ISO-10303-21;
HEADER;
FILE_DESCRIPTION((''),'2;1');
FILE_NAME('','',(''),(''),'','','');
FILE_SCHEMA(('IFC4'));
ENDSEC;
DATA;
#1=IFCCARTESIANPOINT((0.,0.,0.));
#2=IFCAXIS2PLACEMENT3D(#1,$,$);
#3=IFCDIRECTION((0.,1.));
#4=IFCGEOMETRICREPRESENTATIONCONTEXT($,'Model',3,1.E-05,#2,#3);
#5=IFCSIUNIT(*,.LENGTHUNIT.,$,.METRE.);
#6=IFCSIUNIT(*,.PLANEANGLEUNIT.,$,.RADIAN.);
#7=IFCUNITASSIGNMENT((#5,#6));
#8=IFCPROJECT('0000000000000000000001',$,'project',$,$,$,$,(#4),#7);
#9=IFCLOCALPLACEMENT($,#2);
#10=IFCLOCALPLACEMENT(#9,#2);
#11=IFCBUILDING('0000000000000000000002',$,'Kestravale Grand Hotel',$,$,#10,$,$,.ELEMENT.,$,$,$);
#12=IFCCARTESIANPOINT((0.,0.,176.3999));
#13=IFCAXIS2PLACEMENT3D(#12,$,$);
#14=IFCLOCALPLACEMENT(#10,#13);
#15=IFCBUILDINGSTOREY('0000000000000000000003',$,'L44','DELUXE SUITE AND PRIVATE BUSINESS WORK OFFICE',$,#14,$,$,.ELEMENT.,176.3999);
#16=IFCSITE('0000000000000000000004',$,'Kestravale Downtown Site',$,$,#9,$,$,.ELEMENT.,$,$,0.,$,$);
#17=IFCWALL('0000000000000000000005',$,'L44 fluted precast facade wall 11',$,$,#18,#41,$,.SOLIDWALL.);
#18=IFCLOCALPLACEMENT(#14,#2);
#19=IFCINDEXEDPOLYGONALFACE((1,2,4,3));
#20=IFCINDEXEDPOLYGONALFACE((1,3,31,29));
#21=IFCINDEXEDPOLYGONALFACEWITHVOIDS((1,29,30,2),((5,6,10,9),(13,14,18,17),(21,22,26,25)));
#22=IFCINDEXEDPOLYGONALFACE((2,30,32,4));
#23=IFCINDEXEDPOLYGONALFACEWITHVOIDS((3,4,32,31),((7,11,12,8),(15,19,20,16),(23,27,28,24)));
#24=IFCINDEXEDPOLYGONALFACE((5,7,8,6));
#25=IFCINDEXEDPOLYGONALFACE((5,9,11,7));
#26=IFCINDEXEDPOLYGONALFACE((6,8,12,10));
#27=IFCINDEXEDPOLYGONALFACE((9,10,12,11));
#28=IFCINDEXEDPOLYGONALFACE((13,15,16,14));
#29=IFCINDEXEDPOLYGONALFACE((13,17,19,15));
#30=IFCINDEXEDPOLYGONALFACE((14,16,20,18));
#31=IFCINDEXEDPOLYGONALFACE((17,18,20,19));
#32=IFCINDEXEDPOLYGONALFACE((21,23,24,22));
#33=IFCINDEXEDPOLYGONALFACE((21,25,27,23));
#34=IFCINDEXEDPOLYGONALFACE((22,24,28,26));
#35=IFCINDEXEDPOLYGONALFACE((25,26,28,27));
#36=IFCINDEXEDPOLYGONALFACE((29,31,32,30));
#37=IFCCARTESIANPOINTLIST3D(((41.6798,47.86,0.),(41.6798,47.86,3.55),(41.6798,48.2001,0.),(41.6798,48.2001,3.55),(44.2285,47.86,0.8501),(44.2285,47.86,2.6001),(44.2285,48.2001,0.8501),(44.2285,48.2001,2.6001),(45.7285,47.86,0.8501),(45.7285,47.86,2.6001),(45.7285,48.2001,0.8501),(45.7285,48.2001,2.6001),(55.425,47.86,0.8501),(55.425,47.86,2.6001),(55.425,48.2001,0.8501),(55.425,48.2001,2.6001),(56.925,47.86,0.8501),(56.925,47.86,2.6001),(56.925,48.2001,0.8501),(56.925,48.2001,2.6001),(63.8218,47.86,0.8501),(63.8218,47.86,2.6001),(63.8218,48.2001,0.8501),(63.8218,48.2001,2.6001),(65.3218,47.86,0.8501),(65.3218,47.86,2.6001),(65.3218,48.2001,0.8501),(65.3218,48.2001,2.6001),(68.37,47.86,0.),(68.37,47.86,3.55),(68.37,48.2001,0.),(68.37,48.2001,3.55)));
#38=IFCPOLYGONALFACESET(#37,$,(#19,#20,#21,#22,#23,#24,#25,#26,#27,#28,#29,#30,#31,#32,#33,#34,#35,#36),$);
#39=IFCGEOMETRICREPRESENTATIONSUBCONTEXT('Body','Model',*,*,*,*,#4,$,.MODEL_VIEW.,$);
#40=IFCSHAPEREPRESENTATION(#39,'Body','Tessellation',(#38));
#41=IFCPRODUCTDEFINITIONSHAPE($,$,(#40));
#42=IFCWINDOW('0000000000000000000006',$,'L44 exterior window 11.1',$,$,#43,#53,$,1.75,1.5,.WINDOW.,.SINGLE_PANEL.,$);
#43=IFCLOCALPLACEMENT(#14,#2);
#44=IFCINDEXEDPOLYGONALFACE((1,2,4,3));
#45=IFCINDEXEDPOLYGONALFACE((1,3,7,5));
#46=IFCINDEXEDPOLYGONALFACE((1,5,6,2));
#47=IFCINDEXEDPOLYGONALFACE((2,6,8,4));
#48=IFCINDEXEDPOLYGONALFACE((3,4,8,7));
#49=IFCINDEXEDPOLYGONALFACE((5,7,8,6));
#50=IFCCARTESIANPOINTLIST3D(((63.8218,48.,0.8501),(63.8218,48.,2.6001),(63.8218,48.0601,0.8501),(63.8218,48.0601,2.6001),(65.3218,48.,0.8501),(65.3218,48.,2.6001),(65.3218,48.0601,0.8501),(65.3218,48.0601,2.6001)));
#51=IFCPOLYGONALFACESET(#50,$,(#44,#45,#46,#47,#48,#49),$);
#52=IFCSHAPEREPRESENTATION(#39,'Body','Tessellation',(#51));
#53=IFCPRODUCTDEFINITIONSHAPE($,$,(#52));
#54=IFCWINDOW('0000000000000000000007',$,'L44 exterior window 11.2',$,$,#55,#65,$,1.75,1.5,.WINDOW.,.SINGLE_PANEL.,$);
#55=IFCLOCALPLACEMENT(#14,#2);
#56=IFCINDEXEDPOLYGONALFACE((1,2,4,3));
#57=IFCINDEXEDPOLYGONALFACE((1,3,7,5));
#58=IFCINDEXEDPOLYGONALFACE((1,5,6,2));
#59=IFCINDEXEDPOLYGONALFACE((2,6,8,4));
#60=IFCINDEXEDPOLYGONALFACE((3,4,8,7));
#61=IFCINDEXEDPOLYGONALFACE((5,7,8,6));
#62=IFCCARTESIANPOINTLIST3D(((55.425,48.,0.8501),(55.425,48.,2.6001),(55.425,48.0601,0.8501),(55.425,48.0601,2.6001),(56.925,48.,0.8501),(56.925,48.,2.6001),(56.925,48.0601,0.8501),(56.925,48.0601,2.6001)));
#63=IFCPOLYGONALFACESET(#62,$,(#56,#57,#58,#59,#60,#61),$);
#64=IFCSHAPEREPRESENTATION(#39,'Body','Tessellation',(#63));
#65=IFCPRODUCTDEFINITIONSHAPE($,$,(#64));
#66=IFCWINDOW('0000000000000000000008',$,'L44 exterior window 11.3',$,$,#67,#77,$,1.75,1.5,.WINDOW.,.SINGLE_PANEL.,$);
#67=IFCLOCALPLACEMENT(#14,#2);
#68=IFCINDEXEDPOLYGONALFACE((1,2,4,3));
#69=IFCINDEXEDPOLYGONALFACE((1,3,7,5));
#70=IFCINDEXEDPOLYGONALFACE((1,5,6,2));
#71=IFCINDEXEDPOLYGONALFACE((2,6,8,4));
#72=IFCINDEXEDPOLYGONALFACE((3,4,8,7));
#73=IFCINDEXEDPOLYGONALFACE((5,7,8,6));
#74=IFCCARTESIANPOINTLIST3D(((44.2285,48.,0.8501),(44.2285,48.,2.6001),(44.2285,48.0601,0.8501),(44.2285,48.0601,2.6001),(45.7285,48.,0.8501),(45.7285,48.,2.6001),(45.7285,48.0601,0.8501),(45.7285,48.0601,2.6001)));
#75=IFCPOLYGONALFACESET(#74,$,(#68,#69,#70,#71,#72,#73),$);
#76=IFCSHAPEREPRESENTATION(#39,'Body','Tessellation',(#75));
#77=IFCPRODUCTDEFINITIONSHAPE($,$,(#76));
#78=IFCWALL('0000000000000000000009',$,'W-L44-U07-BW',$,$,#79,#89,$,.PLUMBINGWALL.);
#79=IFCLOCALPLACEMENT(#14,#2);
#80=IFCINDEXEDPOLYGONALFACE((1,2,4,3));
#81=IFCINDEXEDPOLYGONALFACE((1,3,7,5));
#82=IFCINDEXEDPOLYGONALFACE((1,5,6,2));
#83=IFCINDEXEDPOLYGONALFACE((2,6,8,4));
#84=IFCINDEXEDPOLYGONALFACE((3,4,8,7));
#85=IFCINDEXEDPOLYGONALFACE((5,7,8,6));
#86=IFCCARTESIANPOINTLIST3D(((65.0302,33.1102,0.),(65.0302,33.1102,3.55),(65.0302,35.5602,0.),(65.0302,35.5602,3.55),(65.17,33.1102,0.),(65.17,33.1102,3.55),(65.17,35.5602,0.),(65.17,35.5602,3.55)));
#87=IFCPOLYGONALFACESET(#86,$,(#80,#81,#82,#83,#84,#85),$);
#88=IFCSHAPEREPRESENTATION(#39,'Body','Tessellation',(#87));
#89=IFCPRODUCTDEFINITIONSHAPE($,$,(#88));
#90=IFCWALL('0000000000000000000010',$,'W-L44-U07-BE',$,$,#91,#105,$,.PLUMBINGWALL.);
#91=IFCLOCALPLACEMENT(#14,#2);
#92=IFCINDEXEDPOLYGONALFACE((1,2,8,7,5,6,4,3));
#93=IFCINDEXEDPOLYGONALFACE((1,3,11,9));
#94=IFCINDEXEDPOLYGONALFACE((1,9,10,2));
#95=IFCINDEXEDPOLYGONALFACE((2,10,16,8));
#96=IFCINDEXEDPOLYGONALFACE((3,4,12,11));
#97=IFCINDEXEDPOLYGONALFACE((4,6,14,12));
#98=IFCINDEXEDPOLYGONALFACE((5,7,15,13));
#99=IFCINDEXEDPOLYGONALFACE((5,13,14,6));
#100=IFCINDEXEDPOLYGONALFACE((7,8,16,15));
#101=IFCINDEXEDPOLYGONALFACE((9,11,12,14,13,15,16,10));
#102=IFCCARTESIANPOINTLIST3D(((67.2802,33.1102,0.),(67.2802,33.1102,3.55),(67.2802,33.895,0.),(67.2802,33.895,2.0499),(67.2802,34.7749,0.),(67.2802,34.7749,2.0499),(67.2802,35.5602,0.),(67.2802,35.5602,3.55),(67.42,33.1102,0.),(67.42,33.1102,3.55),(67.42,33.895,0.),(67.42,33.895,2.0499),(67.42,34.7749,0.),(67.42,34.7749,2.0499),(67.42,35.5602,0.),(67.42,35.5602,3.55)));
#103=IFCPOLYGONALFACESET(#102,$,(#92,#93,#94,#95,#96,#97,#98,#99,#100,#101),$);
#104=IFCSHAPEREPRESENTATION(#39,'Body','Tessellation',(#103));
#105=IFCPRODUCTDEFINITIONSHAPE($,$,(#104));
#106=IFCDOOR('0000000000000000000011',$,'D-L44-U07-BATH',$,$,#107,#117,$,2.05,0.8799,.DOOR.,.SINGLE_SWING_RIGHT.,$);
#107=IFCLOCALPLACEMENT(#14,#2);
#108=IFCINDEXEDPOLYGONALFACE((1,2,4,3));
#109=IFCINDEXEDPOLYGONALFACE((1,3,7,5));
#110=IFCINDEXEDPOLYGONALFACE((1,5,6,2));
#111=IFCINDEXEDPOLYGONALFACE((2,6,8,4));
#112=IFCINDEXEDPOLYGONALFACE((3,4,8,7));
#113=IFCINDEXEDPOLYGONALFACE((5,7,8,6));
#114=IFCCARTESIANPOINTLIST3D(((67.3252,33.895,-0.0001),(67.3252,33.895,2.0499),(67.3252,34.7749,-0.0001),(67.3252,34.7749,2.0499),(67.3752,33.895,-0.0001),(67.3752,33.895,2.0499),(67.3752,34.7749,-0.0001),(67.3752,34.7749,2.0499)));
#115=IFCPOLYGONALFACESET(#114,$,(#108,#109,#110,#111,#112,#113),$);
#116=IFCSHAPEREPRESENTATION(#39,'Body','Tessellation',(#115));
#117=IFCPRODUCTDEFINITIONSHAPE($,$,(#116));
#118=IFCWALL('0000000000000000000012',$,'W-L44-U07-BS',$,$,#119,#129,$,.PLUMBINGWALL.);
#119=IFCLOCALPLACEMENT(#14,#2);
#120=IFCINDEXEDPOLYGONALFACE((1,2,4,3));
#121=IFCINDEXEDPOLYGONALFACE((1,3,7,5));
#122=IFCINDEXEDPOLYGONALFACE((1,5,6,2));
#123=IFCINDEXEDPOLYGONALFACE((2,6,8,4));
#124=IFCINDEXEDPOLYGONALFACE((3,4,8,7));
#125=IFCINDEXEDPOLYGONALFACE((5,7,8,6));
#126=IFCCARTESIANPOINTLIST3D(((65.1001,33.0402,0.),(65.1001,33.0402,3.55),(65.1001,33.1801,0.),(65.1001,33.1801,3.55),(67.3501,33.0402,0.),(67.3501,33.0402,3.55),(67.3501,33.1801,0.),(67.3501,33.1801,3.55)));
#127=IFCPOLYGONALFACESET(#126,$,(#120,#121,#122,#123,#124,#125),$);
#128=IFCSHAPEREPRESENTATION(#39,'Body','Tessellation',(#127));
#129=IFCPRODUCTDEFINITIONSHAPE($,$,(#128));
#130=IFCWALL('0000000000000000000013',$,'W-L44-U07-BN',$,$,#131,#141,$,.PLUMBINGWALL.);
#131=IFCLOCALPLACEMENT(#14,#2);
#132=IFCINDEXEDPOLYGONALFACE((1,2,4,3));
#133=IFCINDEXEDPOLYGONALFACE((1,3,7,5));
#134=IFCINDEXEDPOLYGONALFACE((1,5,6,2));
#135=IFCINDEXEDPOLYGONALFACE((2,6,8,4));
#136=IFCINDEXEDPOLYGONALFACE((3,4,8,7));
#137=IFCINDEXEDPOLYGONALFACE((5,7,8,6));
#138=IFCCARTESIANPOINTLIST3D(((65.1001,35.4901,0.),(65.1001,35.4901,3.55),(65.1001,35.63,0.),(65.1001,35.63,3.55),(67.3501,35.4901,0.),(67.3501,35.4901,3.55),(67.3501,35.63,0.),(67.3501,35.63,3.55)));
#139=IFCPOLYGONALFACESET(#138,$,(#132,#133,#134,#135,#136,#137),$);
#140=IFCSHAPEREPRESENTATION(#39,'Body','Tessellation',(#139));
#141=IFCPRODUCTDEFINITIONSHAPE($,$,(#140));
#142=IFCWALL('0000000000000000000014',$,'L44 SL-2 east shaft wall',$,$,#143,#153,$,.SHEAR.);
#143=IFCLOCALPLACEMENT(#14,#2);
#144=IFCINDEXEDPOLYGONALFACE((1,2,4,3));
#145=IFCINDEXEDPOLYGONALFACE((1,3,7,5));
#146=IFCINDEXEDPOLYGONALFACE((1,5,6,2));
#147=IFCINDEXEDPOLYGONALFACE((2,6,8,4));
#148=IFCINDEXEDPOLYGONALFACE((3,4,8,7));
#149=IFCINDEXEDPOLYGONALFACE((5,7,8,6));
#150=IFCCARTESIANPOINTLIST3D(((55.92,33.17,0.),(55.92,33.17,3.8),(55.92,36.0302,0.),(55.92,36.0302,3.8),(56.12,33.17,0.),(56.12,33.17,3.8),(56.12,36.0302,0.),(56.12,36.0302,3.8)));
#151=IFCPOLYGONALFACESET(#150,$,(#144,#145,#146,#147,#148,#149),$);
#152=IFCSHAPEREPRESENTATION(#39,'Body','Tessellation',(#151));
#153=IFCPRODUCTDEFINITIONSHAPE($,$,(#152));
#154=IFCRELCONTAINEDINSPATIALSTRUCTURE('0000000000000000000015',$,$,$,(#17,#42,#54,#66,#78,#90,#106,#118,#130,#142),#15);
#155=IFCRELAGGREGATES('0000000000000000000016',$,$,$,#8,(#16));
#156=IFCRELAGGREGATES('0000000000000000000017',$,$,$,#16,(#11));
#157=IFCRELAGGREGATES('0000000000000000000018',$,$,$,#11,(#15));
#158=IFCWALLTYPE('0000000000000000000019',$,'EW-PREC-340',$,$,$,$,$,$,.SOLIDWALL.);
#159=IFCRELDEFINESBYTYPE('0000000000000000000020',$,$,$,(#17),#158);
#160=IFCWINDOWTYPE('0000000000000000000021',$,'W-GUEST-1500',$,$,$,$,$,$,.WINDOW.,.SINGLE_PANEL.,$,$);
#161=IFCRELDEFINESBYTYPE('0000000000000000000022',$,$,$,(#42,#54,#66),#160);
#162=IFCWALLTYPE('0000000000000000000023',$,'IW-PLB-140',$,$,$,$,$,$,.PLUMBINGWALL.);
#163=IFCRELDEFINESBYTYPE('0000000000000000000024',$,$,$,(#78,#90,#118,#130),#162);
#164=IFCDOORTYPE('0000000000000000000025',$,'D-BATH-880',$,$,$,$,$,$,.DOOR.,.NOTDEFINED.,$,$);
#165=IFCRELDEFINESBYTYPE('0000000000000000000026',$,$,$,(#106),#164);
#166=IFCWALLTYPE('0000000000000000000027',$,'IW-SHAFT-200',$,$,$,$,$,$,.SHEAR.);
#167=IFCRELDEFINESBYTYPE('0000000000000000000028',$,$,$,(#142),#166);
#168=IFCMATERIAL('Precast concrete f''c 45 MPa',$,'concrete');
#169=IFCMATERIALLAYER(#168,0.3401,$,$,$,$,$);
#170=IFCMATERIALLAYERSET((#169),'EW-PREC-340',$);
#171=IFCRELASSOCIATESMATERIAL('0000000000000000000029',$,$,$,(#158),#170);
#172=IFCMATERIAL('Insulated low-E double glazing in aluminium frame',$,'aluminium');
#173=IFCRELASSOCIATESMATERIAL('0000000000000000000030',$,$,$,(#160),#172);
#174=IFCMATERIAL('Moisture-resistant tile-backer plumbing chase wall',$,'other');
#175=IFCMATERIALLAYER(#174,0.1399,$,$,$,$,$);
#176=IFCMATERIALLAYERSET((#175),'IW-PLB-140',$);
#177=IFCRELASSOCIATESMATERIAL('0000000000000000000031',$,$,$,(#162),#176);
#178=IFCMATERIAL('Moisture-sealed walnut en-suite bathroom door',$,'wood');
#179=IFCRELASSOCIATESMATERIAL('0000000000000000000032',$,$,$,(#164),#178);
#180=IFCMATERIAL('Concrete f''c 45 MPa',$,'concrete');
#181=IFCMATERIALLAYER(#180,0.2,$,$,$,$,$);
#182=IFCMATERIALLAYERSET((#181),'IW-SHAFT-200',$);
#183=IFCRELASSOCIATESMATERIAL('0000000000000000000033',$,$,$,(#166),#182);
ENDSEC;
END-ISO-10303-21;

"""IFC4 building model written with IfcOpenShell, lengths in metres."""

from ifc_helpers import new_model, si_unit, direction, frame, frame_2d, origin, place, context, subcontext, project, spatial, rectangle, extrude, material, layer, layer_set, type_object, element, fill, save


model = new_model("IFC4")

# Units and contexts
model_context = context("Model", 3, precision=1e-05, world=origin(), true_north=direction((0.0, 1.0)))
body_context = subcontext(model_context, "Body", "Model", "MODEL_VIEW")
ifc_project = project(units=[si_unit("LENGTHUNIT", "METRE"), si_unit("PLANEANGLEUNIT", "RADIAN")], contexts=[model_context])

# Site, building, storey
site_placement = place(None, origin())
site = spatial("IfcSite", under=ifc_project, at=site_placement, Name="Kestravale Downtown Site", CompositionType="ELEMENT", RefElevation=0.0)
building_placement = place(site_placement, origin())
building = spatial("IfcBuilding", under=site, at=building_placement, Name="Kestravale Grand Hotel", CompositionType="ELEMENT")
storey_placement = place(building_placement, frame((0.0, 0.0, 176.3999)))
storey = spatial("IfcBuildingStorey", under=building, at=storey_placement, Name="L44", Description="DELUXE SUITE AND PRIVATE BUSINESS WORK OFFICE", CompositionType="ELEMENT", Elevation=176.3999)

# Shared definitions
ifc_material_1 = material(Name="Precast concrete f'c 45 MPa", Category="concrete")
ifc_layer_1 = layer(ifc_material_1, 0.3401)
ifc_layer_set_1 = layer_set([ifc_layer_1], Name="EW-PREC-340")
wall_type_1 = type_object("IfcWallType", Name="EW-PREC-340", PredefinedType="SOLIDWALL", material=ifc_layer_set_1)
ifc_material_2 = material(Name="Insulated low-E double glazing in aluminium frame", Category="aluminium")
window_type = type_object("IfcWindowType", Name="W-GUEST-1500", PartitioningType="SINGLE_PANEL", PredefinedType="WINDOW", material=ifc_material_2)

# Wall, openings, windows
wall_1_placement = place(storey_placement, frame((68.3701, 48.03, 0.0), z_axis=(0.0, 0.0, 1.0), x_axis=(-1.0, 0.0, 0.0)))
wall_1 = element("IfcWall", 1, at=wall_1_placement, inside=storey, type_object=wall_type_1, Name="L44 fluted precast facade wall 11", PredefinedType="SOLIDWALL", context=body_context, shape_type="SweptSolid", body=[
    extrude(rectangle(XDim=26.6902, YDim=0.3401, at=frame_2d((13.3452, 0.0))), origin(), (0.0, 0.0, 1.0), 3.55),
])
opening_1_placement = place(wall_1_placement, frame((3.0483, 0.0, 0.8501)))
opening_1 = element("IfcOpeningElement", 2, at=opening_1_placement, cuts=wall_1, PredefinedType="OPENING", context=body_context, shape_type="SweptSolid", body=[
    extrude(rectangle(XDim=1.5, YDim=1.75, at=frame_2d((0.75, 0.875))), frame((0.0, 0.1799, 0.0), z_axis=(0.0, -1.0, 0.0), x_axis=(1.0, 0.0, 0.0)), (0.0, 0.0, 1.0), 0.3601),
])
opening_2_placement = place(wall_1_placement, frame((11.4451, 0.0, 0.8501)))
opening_2 = element("IfcOpeningElement", 3, at=opening_2_placement, cuts=wall_1, PredefinedType="OPENING", context=body_context, shape_type="SweptSolid", body=[
    extrude(rectangle(XDim=1.5, YDim=1.75, at=frame_2d((0.75, 0.875))), frame((0.0, 0.1799, 0.0), z_axis=(0.0, -1.0, 0.0), x_axis=(1.0, 0.0, 0.0)), (0.0, 0.0, 1.0), 0.3601),
])
opening_3_placement = place(wall_1_placement, frame((22.6416, 0.0, 0.8501)))
opening_3 = element("IfcOpeningElement", 4, at=opening_3_placement, cuts=wall_1, PredefinedType="OPENING", context=body_context, shape_type="SweptSolid", body=[
    extrude(rectangle(XDim=1.5, YDim=1.75, at=frame_2d((0.75, 0.875))), frame((0.0, 0.1799, 0.0), z_axis=(0.0, -1.0, 0.0), x_axis=(1.0, 0.0, 0.0)), (0.0, 0.0, 1.0), 0.3601),
])
window_1_placement = place(opening_1_placement, origin())
window_1 = element("IfcWindow", 5, at=window_1_placement, inside=storey, type_object=window_type, Name="L44 exterior window 11.1", OverallHeight=1.75, OverallWidth=1.5, PartitioningType="SINGLE_PANEL", PredefinedType="WINDOW", context=body_context, shape_type="SweptSolid", body=[
    extrude(rectangle(XDim=1.5, YDim=1.75, at=frame_2d((0.75, 0.875))), frame((0.0, 0.03, 0.0), z_axis=(0.0, -1.0, 0.0), x_axis=(1.0, 0.0, 0.0)), (0.0, 0.0, 1.0), 0.0601),
])
fill(opening_1, window_1)
window_2_placement = place(opening_2_placement, origin())
window_2 = element("IfcWindow", 6, at=window_2_placement, inside=storey, type_object=window_type, Name="L44 exterior window 11.2", OverallHeight=1.75, OverallWidth=1.5, PartitioningType="SINGLE_PANEL", PredefinedType="WINDOW", context=body_context, shape_type="SweptSolid", body=[
    extrude(rectangle(XDim=1.5, YDim=1.75, at=frame_2d((0.75, 0.875))), frame((0.0, 0.03, 0.0), z_axis=(0.0, -1.0, 0.0), x_axis=(1.0, 0.0, 0.0)), (0.0, 0.0, 1.0), 0.0601),
])
fill(opening_2, window_2)
window_3_placement = place(opening_3_placement, origin())
window_3 = element("IfcWindow", 7, at=window_3_placement, inside=storey, type_object=window_type, Name="L44 exterior window 11.3", OverallHeight=1.75, OverallWidth=1.5, PartitioningType="SINGLE_PANEL", PredefinedType="WINDOW", context=body_context, shape_type="SweptSolid", body=[
    extrude(rectangle(XDim=1.5, YDim=1.75, at=frame_2d((0.75, 0.875))), frame((0.0, 0.03, 0.0), z_axis=(0.0, -1.0, 0.0), x_axis=(1.0, 0.0, 0.0)), (0.0, 0.0, 1.0), 0.0601),
])
fill(opening_3, window_3)

# Wall
ifc_material_3 = material(Name="Moisture-resistant tile-backer plumbing chase wall", Category="other")
ifc_layer_2 = layer(ifc_material_3, 0.1399)
ifc_layer_set_2 = layer_set([ifc_layer_2], Name="IW-PLB-140")
wall_type_2 = type_object("IfcWallType", Name="IW-PLB-140", PredefinedType="PLUMBINGWALL", material=ifc_layer_set_2)
wall_2_placement = place(storey_placement, frame((65.1001, 33.1101, 0.0), z_axis=(0.0, 0.0, 1.0), x_axis=(0.0, 1.0, 0.0)))
element("IfcWall", 8, at=wall_2_placement, inside=storey, type_object=wall_type_2, Name="W-L44-U07-BW", PredefinedType="PLUMBINGWALL", context=body_context, shape_type="SweptSolid", body=[
    extrude(rectangle(XDim=2.45, YDim=0.1399, at=frame_2d((1.2251, 0.0))), origin(), (0.0, 0.0, 1.0), 3.55),
])

# Wall, opening, door
wall_3_placement = place(storey_placement, frame((67.3501, 33.1101, 0.0), z_axis=(0.0, 0.0, 1.0), x_axis=(0.0, 1.0, 0.0)))
wall_3 = element("IfcWall", 9, at=wall_3_placement, inside=storey, type_object=wall_type_2, Name="W-L44-U07-BE", PredefinedType="PLUMBINGWALL", context=body_context, shape_type="SweptSolid", body=[
    extrude(rectangle(XDim=2.45, YDim=0.1399, at=frame_2d((1.2251, 0.0))), origin(), (0.0, 0.0, 1.0), 3.55),
])
opening_4_placement = place(wall_3_placement, frame((0.7849, 0.0, 0.0)))
opening_4 = element("IfcOpeningElement", 10, at=opening_4_placement, cuts=wall_3, PredefinedType="OPENING", context=body_context, shape_type="SweptSolid", body=[
    extrude(rectangle(XDim=0.8799, YDim=2.05, at=frame_2d((0.4399, 1.0249))), frame((0.0, 0.0798, 0.0), z_axis=(0.0, -1.0, 0.0), x_axis=(1.0, 0.0, 0.0)), (0.0, 0.0, 1.0), 0.1599),
])
ifc_material_4 = material(Name="Moisture-sealed walnut en-suite bathroom door", Category="wood")
door_type_1 = type_object("IfcDoorType", Name="D-BATH-880", OperationType="NOTDEFINED", PredefinedType="DOOR", material=ifc_material_4)
door_1_placement = place(opening_4_placement, origin())
door_1 = element("IfcDoor", 11, at=door_1_placement, inside=storey, type_object=door_type_1, Name="D-L44-U07-BATH", OperationType="SINGLE_SWING_RIGHT", OverallHeight=2.05, OverallWidth=0.8799, PredefinedType="DOOR", context=body_context, shape_type="SweptSolid", body=[
    extrude(rectangle(XDim=0.8799, YDim=2.05, at=frame_2d((0.4399, 1.0249))), frame((0.0, 0.0249, 0.0), z_axis=(0.0, -1.0, 0.0), x_axis=(1.0, 0.0, 0.0)), (0.0, 0.0, 1.0), 0.05),
])
fill(opening_4, door_1)

# Walls
for number, where, z_axis, x_axis, name in (
    (12, (65.1001, 33.1101, 0.0), (0.0, 0.0, 1.0), (1.0, 0.0, 0.0), "W-L44-U07-BS"),
    (13, (65.1001, 35.5601, 0.0), (0.0, 0.0, 1.0), (1.0, 0.0, 0.0), "W-L44-U07-BN"),
):
    element("IfcWall", number, at=place(storey_placement, frame(where, z_axis=z_axis, x_axis=x_axis)), inside=storey, type_object=wall_type_2, Name=name, PredefinedType="PLUMBINGWALL", context=body_context, shape_type="SweptSolid", body=[
        extrude(rectangle(XDim=2.25, YDim=0.1399, at=frame_2d((1.125, 0.0))), origin(), (0.0, 0.0, 1.0), 3.55),
    ])
ifc_material_5 = material(Name="Concrete f'c 45 MPa", Category="concrete")
ifc_layer_3 = layer(ifc_material_5, 0.2)
ifc_layer_set_3 = layer_set([ifc_layer_3], Name="IW-SHAFT-200")
wall_type_3 = type_object("IfcWallType", Name="IW-SHAFT-200", PredefinedType="SHEAR", material=ifc_layer_set_3)
wall_4_placement = place(storey_placement, frame((56.02, 33.1699, 0.0), z_axis=(0.0, 0.0, 1.0), x_axis=(0.0, 1.0, 0.0)))
element("IfcWall", 14, at=wall_4_placement, inside=storey, type_object=wall_type_3, Name="L44 SL-2 east shaft wall", PredefinedType="SHEAR", context=body_context, shape_type="SweptSolid", body=[
    extrude(rectangle(XDim=2.8601, YDim=0.2, at=frame_2d((1.4302, 0.0))), origin(), (0.0, 0.0, 1.0), 3.8),
])

save(model, "model.ifc")
